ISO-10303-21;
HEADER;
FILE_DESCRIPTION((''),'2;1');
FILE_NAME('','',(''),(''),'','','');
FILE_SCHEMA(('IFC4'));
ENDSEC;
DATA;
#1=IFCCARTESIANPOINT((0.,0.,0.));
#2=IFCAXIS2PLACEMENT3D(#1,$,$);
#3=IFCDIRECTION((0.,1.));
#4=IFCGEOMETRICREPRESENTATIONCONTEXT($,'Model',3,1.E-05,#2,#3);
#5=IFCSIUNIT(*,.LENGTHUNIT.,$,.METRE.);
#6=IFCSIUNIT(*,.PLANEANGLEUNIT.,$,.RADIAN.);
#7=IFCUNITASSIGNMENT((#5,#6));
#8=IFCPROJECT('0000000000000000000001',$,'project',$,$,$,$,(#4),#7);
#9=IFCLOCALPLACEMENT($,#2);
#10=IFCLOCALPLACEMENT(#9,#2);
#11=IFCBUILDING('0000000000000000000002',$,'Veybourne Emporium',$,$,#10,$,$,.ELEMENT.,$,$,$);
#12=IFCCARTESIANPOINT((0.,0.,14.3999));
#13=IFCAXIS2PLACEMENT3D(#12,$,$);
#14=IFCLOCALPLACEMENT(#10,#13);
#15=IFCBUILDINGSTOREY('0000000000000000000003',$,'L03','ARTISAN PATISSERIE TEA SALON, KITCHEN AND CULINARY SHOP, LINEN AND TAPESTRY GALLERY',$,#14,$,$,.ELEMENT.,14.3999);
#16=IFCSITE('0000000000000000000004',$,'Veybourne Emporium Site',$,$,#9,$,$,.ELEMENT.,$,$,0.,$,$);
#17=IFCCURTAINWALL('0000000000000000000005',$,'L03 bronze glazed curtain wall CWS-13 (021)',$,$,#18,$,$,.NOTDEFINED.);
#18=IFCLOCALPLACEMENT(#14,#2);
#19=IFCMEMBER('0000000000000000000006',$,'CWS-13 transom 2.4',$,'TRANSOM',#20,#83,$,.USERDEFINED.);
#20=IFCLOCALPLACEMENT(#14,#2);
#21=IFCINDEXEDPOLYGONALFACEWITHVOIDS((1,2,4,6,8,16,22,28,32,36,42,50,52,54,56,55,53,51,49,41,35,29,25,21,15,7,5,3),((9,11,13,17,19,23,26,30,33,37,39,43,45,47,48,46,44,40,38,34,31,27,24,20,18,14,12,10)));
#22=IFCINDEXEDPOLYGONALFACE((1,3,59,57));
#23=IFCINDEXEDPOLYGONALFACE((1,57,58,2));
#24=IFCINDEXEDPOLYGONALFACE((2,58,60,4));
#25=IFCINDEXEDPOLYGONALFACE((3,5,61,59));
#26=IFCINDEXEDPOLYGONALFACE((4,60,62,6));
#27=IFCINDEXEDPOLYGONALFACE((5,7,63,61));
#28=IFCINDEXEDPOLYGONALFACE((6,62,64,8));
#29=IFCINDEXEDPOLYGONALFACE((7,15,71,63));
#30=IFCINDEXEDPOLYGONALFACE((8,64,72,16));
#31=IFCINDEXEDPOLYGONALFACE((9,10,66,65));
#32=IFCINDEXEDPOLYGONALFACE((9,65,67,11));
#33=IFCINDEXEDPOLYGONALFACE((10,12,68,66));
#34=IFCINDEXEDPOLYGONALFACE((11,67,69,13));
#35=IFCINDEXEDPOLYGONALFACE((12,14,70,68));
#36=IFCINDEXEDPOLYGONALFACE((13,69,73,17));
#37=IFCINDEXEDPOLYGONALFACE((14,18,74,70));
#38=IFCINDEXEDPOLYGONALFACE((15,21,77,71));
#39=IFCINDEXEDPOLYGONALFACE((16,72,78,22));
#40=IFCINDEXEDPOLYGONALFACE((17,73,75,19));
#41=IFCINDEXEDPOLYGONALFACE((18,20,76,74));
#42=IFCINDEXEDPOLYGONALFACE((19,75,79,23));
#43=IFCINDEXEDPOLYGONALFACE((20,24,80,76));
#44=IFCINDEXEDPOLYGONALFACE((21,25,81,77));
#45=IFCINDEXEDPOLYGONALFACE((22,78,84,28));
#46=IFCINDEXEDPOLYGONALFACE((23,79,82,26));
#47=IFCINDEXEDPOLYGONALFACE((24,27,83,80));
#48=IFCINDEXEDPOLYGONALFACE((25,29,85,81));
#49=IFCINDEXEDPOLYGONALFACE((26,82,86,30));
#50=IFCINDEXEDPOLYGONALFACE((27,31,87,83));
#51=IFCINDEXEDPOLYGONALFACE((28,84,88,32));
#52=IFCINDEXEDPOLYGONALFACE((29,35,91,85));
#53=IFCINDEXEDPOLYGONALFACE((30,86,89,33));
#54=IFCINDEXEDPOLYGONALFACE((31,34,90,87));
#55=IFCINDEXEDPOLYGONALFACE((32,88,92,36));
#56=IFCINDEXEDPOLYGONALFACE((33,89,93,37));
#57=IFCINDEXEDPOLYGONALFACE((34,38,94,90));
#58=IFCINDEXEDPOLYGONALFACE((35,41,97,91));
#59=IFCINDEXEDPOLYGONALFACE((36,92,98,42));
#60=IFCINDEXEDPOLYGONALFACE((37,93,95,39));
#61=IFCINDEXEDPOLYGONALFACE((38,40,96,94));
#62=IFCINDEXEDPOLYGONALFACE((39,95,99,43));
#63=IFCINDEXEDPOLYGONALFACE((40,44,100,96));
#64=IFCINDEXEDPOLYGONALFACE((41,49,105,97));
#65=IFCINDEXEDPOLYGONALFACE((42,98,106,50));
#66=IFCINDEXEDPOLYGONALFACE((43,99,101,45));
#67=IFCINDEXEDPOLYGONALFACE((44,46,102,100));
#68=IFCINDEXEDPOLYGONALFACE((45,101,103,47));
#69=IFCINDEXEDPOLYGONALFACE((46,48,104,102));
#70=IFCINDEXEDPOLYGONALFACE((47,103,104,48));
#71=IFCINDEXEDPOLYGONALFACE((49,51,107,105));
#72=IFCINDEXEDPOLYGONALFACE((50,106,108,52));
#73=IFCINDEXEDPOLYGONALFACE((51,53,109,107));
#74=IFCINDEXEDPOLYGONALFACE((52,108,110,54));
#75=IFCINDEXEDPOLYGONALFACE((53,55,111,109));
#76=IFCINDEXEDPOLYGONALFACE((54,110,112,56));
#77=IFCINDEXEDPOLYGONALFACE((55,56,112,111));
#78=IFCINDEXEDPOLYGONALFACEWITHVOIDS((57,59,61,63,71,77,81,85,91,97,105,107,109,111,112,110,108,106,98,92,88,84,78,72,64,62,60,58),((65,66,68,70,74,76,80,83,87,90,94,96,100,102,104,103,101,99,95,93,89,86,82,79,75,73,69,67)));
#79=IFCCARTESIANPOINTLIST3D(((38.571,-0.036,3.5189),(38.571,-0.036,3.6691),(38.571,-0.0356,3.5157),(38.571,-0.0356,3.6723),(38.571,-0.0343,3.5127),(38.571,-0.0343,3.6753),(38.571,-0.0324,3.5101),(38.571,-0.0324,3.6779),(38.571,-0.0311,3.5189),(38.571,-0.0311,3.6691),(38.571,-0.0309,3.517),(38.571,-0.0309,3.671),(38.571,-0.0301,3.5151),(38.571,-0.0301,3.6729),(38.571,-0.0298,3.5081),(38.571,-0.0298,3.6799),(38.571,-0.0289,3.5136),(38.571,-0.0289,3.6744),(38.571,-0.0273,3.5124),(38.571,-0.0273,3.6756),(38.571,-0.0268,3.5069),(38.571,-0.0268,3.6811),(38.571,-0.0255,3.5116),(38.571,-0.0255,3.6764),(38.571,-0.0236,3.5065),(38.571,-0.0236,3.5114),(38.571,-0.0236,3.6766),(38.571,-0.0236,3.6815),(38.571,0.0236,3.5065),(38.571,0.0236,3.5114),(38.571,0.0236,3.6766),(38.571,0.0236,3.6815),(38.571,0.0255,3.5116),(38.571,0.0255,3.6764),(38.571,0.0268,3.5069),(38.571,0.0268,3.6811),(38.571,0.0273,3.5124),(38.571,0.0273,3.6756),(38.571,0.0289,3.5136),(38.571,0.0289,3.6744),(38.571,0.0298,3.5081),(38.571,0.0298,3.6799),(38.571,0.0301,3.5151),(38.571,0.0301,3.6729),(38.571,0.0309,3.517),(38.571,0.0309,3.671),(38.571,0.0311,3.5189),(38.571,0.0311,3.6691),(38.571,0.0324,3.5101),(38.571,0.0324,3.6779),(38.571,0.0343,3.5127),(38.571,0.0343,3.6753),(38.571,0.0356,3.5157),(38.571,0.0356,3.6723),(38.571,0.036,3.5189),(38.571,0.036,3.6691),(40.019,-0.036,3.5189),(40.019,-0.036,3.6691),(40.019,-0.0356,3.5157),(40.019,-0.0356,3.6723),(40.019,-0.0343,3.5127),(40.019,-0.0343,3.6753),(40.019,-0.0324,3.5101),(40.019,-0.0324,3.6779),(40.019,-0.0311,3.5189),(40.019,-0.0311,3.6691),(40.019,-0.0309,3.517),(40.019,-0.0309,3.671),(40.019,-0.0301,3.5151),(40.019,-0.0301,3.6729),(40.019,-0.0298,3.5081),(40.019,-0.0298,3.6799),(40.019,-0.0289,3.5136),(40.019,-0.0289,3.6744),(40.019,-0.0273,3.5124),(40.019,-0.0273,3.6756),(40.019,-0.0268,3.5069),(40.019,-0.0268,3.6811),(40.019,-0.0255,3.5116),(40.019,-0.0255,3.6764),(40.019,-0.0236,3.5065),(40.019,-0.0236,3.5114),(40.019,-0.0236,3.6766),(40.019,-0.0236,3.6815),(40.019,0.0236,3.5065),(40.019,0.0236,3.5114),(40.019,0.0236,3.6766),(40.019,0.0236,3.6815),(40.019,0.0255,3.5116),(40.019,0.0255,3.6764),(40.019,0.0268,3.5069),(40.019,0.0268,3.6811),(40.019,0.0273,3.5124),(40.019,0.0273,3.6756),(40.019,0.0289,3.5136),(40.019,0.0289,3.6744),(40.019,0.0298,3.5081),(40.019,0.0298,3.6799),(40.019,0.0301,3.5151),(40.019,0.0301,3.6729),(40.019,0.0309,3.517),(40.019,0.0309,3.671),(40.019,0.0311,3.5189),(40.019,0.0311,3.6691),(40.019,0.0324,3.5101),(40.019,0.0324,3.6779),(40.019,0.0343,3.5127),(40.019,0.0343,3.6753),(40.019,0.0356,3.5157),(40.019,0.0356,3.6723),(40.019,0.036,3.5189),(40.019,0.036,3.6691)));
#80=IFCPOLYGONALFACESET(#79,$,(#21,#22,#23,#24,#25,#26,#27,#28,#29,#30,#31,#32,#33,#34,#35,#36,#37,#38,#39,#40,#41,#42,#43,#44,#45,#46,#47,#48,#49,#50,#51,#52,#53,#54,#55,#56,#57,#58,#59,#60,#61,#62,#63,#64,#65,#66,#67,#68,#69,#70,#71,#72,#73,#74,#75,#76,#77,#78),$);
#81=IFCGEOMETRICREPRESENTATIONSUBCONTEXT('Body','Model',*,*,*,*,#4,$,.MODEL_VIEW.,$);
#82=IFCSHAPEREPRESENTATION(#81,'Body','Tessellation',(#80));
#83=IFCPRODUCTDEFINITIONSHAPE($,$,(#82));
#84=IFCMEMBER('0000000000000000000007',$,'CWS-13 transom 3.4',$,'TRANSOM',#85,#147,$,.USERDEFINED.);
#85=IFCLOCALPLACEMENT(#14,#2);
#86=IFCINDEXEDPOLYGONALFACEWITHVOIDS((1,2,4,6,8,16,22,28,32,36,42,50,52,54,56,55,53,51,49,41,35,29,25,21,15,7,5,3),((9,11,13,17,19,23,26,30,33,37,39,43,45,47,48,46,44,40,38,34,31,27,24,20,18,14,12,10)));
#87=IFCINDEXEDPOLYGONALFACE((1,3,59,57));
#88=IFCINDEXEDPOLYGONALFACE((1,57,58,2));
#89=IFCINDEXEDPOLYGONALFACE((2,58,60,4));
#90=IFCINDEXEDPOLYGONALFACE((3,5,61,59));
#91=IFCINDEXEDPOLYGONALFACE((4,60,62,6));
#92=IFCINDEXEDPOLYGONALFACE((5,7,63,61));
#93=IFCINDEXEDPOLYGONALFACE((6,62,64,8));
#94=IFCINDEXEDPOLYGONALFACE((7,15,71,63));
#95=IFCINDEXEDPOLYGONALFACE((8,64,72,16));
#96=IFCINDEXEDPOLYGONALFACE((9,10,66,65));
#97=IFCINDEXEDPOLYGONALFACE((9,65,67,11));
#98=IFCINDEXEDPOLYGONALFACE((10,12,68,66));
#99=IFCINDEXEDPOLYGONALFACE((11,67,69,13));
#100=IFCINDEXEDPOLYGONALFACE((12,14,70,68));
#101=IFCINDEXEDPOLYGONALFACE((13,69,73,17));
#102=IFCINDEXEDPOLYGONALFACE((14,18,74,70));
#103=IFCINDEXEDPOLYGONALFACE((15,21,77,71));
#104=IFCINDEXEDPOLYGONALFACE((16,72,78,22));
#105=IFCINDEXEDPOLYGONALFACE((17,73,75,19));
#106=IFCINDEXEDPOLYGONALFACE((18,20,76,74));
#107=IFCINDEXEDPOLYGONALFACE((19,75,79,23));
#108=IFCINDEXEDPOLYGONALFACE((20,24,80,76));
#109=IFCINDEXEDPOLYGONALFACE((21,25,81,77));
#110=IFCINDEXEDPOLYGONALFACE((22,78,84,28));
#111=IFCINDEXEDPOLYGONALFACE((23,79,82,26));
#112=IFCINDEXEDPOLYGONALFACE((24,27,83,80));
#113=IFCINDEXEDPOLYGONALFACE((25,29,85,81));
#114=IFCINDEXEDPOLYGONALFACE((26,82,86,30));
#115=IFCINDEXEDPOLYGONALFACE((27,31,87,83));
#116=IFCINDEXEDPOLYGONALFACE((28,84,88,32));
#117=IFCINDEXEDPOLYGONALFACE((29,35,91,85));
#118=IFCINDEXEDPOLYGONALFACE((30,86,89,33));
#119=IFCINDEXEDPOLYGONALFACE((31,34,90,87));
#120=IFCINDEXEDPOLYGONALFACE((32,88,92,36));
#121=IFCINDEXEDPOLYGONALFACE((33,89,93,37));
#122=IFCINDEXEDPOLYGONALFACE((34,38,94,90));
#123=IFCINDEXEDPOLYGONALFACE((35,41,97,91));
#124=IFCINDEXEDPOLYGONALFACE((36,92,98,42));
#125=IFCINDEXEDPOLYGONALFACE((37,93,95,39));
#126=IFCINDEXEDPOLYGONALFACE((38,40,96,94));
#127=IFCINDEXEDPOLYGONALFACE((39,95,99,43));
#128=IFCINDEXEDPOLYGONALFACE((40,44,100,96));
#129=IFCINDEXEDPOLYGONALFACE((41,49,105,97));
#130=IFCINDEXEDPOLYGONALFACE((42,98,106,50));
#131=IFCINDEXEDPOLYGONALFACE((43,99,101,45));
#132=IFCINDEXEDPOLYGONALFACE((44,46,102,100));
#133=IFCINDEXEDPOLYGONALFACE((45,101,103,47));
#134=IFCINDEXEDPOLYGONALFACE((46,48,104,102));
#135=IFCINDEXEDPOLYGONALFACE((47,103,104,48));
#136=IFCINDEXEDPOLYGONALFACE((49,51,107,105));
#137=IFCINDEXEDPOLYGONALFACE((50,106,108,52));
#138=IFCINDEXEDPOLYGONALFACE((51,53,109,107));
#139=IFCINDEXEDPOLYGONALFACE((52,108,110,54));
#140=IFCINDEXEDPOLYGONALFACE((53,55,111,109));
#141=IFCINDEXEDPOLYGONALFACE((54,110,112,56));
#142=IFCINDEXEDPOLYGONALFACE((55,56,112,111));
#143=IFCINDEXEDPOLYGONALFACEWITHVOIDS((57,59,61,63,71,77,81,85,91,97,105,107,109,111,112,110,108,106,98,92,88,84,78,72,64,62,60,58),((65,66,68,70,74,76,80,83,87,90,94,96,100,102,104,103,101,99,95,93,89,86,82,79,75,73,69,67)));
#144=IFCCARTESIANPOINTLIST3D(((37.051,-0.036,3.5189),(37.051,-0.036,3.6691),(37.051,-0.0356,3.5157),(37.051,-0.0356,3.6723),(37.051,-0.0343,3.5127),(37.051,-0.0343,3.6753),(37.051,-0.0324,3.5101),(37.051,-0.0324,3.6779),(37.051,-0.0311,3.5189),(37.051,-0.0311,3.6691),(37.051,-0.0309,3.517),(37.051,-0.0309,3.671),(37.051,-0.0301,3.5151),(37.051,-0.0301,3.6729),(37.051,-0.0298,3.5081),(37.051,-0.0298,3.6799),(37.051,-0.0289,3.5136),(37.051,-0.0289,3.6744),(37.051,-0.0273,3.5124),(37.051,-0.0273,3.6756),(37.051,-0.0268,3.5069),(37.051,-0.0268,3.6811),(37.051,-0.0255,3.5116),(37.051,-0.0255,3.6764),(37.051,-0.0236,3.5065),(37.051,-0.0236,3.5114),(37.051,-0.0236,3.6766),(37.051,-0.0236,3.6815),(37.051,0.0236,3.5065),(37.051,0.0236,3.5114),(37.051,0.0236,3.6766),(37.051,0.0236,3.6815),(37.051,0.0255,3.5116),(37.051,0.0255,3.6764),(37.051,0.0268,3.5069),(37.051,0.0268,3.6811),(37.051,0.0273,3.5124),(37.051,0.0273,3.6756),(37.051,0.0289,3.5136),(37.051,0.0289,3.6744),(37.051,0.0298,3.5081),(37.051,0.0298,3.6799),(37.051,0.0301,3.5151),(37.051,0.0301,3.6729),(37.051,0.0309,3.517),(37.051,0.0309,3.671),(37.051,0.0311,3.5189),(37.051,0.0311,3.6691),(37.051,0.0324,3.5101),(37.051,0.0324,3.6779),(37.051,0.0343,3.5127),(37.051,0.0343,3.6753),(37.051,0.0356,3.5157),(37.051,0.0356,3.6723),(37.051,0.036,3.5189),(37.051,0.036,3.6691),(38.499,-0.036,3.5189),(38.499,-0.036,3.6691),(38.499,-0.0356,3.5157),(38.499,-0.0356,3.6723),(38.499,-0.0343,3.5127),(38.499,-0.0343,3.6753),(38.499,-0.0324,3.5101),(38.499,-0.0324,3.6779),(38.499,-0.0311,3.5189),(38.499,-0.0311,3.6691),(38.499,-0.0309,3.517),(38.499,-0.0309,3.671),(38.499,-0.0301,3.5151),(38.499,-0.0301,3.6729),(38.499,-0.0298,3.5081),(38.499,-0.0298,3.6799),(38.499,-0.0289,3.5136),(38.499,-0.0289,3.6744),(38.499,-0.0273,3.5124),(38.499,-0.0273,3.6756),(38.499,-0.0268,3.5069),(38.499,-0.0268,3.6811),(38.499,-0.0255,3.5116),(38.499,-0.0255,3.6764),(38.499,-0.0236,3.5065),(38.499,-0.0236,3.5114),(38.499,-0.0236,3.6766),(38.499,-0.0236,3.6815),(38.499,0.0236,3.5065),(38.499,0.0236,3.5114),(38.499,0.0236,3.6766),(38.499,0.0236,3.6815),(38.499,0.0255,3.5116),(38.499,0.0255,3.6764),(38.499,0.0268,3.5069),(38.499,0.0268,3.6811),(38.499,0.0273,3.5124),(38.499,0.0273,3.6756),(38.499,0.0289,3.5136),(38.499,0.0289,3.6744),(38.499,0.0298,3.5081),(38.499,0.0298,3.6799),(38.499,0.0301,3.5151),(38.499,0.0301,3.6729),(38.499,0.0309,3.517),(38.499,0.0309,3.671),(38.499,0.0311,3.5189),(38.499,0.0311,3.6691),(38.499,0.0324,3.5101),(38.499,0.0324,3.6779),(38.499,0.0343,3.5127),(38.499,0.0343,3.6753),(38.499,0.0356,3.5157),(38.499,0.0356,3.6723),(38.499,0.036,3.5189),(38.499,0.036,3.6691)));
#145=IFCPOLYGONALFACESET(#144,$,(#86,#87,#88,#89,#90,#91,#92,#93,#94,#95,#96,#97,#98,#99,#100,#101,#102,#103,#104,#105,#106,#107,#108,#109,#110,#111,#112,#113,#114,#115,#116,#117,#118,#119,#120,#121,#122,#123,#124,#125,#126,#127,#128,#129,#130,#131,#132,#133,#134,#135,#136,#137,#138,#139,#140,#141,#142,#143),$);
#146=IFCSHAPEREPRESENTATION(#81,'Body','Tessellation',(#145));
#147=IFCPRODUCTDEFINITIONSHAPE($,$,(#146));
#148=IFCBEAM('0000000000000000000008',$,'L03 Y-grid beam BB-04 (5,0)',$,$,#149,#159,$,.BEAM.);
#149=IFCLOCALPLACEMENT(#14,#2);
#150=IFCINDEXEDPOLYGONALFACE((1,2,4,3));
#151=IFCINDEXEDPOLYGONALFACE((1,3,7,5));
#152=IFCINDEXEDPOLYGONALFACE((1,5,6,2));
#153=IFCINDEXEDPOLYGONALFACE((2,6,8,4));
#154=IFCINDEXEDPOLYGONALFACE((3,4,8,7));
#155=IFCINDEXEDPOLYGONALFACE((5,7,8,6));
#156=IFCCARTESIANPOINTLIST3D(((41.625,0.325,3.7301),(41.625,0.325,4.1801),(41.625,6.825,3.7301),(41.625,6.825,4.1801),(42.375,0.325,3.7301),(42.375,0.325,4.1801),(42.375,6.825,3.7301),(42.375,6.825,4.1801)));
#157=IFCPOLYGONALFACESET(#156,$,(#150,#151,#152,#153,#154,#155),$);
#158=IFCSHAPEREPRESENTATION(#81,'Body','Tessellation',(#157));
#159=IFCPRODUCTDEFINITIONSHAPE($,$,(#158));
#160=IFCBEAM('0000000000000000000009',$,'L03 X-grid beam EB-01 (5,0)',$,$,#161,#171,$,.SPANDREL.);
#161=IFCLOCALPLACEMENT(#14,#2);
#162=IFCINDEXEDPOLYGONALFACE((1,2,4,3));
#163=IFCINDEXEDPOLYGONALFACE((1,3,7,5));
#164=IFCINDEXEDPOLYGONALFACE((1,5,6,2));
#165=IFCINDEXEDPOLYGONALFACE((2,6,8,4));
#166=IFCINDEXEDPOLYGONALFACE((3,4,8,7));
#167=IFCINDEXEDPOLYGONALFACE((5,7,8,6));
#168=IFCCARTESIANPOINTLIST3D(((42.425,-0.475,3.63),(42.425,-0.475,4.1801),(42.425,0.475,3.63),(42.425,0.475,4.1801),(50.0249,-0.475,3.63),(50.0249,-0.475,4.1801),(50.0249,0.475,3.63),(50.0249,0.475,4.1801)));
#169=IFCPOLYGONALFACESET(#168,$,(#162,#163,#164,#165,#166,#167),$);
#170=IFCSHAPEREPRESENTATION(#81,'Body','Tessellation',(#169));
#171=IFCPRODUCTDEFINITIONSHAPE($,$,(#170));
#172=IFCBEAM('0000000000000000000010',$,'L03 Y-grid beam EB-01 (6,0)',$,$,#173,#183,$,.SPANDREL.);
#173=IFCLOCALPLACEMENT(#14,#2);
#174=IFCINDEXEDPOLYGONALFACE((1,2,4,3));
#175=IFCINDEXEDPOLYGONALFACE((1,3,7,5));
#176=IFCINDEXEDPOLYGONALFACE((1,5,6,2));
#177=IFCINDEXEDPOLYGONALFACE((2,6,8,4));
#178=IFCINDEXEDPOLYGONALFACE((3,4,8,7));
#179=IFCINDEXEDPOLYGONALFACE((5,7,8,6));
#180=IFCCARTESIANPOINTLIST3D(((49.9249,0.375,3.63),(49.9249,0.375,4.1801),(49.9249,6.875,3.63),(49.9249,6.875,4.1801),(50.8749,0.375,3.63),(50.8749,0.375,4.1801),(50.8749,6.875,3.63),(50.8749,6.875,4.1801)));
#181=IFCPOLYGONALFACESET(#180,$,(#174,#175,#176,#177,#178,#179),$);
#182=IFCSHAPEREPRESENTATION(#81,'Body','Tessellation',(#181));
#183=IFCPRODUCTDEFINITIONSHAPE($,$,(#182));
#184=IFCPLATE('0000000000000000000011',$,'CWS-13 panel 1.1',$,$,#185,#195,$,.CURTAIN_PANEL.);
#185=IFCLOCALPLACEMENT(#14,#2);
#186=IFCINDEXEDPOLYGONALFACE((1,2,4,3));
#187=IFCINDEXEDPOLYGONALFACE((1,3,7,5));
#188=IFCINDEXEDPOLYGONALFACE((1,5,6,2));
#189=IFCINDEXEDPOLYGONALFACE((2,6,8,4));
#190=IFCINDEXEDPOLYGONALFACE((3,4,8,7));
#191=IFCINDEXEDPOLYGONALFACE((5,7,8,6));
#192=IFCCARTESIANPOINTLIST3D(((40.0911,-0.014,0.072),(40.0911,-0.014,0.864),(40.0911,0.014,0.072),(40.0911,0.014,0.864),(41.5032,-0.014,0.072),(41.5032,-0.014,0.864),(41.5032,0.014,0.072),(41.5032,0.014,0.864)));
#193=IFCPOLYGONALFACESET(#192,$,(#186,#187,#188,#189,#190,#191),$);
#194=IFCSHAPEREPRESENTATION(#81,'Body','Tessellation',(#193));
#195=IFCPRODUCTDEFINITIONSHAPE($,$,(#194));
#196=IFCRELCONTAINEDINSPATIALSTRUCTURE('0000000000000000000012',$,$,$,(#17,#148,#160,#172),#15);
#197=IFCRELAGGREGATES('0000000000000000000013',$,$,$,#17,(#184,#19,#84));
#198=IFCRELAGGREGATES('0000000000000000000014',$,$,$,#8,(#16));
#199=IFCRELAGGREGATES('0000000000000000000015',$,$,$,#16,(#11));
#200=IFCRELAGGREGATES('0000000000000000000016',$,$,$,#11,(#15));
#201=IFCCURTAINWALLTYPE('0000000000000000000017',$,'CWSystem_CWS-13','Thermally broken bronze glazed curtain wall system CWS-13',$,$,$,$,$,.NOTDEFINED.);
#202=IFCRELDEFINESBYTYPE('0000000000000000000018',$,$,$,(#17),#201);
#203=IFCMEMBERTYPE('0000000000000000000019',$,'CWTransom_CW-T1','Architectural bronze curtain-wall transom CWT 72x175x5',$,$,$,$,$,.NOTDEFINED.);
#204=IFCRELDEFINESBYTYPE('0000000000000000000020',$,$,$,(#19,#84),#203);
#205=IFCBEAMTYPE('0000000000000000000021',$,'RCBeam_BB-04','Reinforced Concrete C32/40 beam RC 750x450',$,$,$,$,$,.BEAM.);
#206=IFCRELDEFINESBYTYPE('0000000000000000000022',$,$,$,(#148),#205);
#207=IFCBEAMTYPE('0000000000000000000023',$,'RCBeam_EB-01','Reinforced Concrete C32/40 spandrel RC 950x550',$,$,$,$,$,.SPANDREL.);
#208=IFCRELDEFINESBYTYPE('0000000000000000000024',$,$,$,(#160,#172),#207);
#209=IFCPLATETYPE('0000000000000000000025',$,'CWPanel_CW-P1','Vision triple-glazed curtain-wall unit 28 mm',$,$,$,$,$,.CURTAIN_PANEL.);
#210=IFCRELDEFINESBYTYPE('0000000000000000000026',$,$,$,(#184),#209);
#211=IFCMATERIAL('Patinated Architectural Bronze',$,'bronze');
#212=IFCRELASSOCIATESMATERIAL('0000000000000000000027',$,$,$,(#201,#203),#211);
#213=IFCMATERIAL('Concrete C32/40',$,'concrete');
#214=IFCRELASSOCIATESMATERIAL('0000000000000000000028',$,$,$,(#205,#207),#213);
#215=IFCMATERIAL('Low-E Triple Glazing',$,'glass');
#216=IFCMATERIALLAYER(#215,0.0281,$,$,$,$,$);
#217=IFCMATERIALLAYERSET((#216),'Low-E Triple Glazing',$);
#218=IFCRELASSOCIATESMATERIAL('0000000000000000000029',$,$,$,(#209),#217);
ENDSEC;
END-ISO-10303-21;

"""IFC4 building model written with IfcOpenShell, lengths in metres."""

from ifc_helpers import new_model, si_unit, direction, frame, origin, origin_2d, place, context, subcontext, project, spatial, rectangle, hollow_rectangle, extrude, material, layer, layer_set, material_profile, profile_set, type_object, element, aggregate, save


model = new_model("IFC4")

# Units and contexts
model_context = context("Model", 3, precision=1e-05, world=origin(), true_north=direction((0.0, 1.0)))
body_context = subcontext(model_context, "Body", "Model", "MODEL_VIEW")
ifc_project = project(units=[si_unit("LENGTHUNIT", "METRE"), si_unit("PLANEANGLEUNIT", "RADIAN")], contexts=[model_context])

# Site, building, storey
site_placement = place(None, origin())
site = spatial("IfcSite", under=ifc_project, at=site_placement, Name="Veybourne Emporium Site", CompositionType="ELEMENT", RefElevation=0.0)
building_placement = place(site_placement, origin())
building = spatial("IfcBuilding", under=site, at=building_placement, Name="Veybourne Emporium", CompositionType="ELEMENT")
storey_placement = place(building_placement, frame((0.0, 0.0, 14.3999)))
storey = spatial("IfcBuildingStorey", under=building, at=storey_placement, Name="L03", Description="ARTISAN PATISSERIE TEA SALON, KITCHEN AND CULINARY SHOP, LINEN AND TAPESTRY GALLERY", CompositionType="ELEMENT", Elevation=14.3999)

# Curtain wall, members
ifc_material_1 = material(Name="Patinated Architectural Bronze", Category="bronze")
curtain_wall_type = type_object("IfcCurtainWallType", Name="CWSystem_CWS-13", Description="Thermally broken bronze glazed curtain wall system CWS-13", PredefinedType="NOTDEFINED", material=ifc_material_1)
curtain_wall_placement = place(storey_placement, origin())
curtain_wall = element("IfcCurtainWall", 1, at=curtain_wall_placement, inside=storey, type_object=curtain_wall_type, Name="L03 bronze glazed curtain wall CWS-13 (021)", PredefinedType="NOTDEFINED")
ifc_material_profile_1 = material_profile(ifc_material_1, hollow_rectangle(XDim=0.072, YDim=0.175, WallThickness=0.0049, InnerFilletRadius=0.0076, OuterFilletRadius=0.0125, at=origin_2d()), Name="CWT 72x175x5")
ifc_profile_set_1 = profile_set([ifc_material_profile_1], Name="Patinated Architectural Bronze")
member_type_1 = type_object("IfcMemberType", Name="CWTransom_CW-T1", Description="Architectural bronze curtain-wall transom CWT 72x175x5", PredefinedType="NOTDEFINED", material=ifc_profile_set_1)
member_1_placement = place(storey_placement, frame((40.019, 0.0, 3.594), z_axis=(-1.0, 0.0, 0.0), x_axis=(0.0, -1.0, 0.0)))
member_1 = element("IfcMember", 2, at=member_1_placement, type_object=member_type_1, Name="CWS-13 transom 2.4", ObjectType="TRANSOM", PredefinedType="USERDEFINED", context=body_context, shape_type="SweptSolid", body=[
    extrude(hollow_rectangle(XDim=0.072, YDim=0.175, WallThickness=0.0049, InnerFilletRadius=0.0076, OuterFilletRadius=0.0125, at=origin_2d()), origin(), (0.0, 0.0, 1.0), 1.448),
])
member_2_placement = place(storey_placement, frame((38.499, 0.0, 3.594), z_axis=(-1.0, 0.0, 0.0), x_axis=(0.0, -1.0, 0.0)))
member_2 = element("IfcMember", 3, at=member_2_placement, type_object=member_type_1, Name="CWS-13 transom 3.4", ObjectType="TRANSOM", PredefinedType="USERDEFINED", context=body_context, shape_type="SweptSolid", body=[
    extrude(hollow_rectangle(XDim=0.072, YDim=0.175, WallThickness=0.0049, InnerFilletRadius=0.0076, OuterFilletRadius=0.0125, at=origin_2d()), origin(), (0.0, 0.0, 1.0), 1.448),
])

# Beams
ifc_material_2 = material(Name="Concrete C32/40", Category="concrete")
ifc_material_profile_2 = material_profile(ifc_material_2, rectangle(XDim=0.75, YDim=0.45, at=origin_2d()), Name="RC 750x450")
ifc_profile_set_2 = profile_set([ifc_material_profile_2], Name="Concrete C32/40")
beam_type_1 = type_object("IfcBeamType", Name="RCBeam_BB-04", Description="Reinforced Concrete C32/40 beam RC 750x450", PredefinedType="BEAM", material=ifc_profile_set_2)
beam_1_placement = place(storey_placement, frame((42.0, 0.325, 3.9551), z_axis=(0.0, 1.0, 0.0), x_axis=(-1.0, 0.0, 0.0)))
element("IfcBeam", 4, at=beam_1_placement, inside=storey, type_object=beam_type_1, Name="L03 Y-grid beam BB-04 (5,0)", PredefinedType="BEAM", context=body_context, shape_type="SweptSolid", body=[
    extrude(rectangle(XDim=0.75, YDim=0.45, at=origin_2d()), origin(), (0.0, 0.0, 1.0), 6.5),
])
ifc_material_profile_3 = material_profile(ifc_material_2, rectangle(XDim=0.95, YDim=0.55, at=origin_2d()), Name="RC 950x550")
ifc_profile_set_3 = profile_set([ifc_material_profile_3], Name="Concrete C32/40")
beam_type_2 = type_object("IfcBeamType", Name="RCBeam_EB-01", Description="Reinforced Concrete C32/40 spandrel RC 950x550", PredefinedType="SPANDREL", material=ifc_profile_set_3)
beam_2_placement = place(storey_placement, frame((42.425, 0.0, 3.905), z_axis=(1.0, 0.0, 0.0), x_axis=(0.0, 1.0, 0.0)))
element("IfcBeam", 5, at=beam_2_placement, inside=storey, type_object=beam_type_2, Name="L03 X-grid beam EB-01 (5,0)", PredefinedType="SPANDREL", context=body_context, shape_type="SweptSolid", body=[
    extrude(rectangle(XDim=0.95, YDim=0.55, at=origin_2d()), origin(), (0.0, 0.0, 1.0), 7.5999),
])
beam_3_placement = place(storey_placement, frame((50.3999, 0.375, 3.905), z_axis=(0.0, 1.0, 0.0), x_axis=(-1.0, 0.0, 0.0)))
element("IfcBeam", 6, at=beam_3_placement, inside=storey, type_object=beam_type_2, Name="L03 Y-grid beam EB-01 (6,0)", PredefinedType="SPANDREL", context=body_context, shape_type="SweptSolid", body=[
    extrude(rectangle(XDim=0.95, YDim=0.55, at=origin_2d()), origin(), (0.0, 0.0, 1.0), 6.5),
])

# Plate
ifc_material_3 = material(Name="Low-E Triple Glazing", Category="glass")
ifc_layer_1 = layer(ifc_material_3, 0.0281)
ifc_layer_set_1 = layer_set([ifc_layer_1], Name="Low-E Triple Glazing")
plate_type = type_object("IfcPlateType", Name="CWPanel_CW-P1", Description="Vision triple-glazed curtain-wall unit 28 mm", PredefinedType="CURTAIN_PANEL", material=ifc_layer_set_1)
plate_1_placement = place(storey_placement, frame((40.7971, 0.0, 0.072), z_axis=(0.0, 0.0, 1.0), x_axis=(-1.0, 0.0, 0.0)))
plate_1 = element("IfcPlate", 7, at=plate_1_placement, type_object=plate_type, Name="CWS-13 panel 1.1", PredefinedType="CURTAIN_PANEL", context=body_context, shape_type="SweptSolid", body=[
    extrude(rectangle(XDim=1.4121, YDim=0.0281, at=origin_2d()), origin(), (0.0, 0.0, 1.0), 0.792),
])
aggregate(curtain_wall, [plate_1, member_1, member_2])

save(model, "model.ifc")
